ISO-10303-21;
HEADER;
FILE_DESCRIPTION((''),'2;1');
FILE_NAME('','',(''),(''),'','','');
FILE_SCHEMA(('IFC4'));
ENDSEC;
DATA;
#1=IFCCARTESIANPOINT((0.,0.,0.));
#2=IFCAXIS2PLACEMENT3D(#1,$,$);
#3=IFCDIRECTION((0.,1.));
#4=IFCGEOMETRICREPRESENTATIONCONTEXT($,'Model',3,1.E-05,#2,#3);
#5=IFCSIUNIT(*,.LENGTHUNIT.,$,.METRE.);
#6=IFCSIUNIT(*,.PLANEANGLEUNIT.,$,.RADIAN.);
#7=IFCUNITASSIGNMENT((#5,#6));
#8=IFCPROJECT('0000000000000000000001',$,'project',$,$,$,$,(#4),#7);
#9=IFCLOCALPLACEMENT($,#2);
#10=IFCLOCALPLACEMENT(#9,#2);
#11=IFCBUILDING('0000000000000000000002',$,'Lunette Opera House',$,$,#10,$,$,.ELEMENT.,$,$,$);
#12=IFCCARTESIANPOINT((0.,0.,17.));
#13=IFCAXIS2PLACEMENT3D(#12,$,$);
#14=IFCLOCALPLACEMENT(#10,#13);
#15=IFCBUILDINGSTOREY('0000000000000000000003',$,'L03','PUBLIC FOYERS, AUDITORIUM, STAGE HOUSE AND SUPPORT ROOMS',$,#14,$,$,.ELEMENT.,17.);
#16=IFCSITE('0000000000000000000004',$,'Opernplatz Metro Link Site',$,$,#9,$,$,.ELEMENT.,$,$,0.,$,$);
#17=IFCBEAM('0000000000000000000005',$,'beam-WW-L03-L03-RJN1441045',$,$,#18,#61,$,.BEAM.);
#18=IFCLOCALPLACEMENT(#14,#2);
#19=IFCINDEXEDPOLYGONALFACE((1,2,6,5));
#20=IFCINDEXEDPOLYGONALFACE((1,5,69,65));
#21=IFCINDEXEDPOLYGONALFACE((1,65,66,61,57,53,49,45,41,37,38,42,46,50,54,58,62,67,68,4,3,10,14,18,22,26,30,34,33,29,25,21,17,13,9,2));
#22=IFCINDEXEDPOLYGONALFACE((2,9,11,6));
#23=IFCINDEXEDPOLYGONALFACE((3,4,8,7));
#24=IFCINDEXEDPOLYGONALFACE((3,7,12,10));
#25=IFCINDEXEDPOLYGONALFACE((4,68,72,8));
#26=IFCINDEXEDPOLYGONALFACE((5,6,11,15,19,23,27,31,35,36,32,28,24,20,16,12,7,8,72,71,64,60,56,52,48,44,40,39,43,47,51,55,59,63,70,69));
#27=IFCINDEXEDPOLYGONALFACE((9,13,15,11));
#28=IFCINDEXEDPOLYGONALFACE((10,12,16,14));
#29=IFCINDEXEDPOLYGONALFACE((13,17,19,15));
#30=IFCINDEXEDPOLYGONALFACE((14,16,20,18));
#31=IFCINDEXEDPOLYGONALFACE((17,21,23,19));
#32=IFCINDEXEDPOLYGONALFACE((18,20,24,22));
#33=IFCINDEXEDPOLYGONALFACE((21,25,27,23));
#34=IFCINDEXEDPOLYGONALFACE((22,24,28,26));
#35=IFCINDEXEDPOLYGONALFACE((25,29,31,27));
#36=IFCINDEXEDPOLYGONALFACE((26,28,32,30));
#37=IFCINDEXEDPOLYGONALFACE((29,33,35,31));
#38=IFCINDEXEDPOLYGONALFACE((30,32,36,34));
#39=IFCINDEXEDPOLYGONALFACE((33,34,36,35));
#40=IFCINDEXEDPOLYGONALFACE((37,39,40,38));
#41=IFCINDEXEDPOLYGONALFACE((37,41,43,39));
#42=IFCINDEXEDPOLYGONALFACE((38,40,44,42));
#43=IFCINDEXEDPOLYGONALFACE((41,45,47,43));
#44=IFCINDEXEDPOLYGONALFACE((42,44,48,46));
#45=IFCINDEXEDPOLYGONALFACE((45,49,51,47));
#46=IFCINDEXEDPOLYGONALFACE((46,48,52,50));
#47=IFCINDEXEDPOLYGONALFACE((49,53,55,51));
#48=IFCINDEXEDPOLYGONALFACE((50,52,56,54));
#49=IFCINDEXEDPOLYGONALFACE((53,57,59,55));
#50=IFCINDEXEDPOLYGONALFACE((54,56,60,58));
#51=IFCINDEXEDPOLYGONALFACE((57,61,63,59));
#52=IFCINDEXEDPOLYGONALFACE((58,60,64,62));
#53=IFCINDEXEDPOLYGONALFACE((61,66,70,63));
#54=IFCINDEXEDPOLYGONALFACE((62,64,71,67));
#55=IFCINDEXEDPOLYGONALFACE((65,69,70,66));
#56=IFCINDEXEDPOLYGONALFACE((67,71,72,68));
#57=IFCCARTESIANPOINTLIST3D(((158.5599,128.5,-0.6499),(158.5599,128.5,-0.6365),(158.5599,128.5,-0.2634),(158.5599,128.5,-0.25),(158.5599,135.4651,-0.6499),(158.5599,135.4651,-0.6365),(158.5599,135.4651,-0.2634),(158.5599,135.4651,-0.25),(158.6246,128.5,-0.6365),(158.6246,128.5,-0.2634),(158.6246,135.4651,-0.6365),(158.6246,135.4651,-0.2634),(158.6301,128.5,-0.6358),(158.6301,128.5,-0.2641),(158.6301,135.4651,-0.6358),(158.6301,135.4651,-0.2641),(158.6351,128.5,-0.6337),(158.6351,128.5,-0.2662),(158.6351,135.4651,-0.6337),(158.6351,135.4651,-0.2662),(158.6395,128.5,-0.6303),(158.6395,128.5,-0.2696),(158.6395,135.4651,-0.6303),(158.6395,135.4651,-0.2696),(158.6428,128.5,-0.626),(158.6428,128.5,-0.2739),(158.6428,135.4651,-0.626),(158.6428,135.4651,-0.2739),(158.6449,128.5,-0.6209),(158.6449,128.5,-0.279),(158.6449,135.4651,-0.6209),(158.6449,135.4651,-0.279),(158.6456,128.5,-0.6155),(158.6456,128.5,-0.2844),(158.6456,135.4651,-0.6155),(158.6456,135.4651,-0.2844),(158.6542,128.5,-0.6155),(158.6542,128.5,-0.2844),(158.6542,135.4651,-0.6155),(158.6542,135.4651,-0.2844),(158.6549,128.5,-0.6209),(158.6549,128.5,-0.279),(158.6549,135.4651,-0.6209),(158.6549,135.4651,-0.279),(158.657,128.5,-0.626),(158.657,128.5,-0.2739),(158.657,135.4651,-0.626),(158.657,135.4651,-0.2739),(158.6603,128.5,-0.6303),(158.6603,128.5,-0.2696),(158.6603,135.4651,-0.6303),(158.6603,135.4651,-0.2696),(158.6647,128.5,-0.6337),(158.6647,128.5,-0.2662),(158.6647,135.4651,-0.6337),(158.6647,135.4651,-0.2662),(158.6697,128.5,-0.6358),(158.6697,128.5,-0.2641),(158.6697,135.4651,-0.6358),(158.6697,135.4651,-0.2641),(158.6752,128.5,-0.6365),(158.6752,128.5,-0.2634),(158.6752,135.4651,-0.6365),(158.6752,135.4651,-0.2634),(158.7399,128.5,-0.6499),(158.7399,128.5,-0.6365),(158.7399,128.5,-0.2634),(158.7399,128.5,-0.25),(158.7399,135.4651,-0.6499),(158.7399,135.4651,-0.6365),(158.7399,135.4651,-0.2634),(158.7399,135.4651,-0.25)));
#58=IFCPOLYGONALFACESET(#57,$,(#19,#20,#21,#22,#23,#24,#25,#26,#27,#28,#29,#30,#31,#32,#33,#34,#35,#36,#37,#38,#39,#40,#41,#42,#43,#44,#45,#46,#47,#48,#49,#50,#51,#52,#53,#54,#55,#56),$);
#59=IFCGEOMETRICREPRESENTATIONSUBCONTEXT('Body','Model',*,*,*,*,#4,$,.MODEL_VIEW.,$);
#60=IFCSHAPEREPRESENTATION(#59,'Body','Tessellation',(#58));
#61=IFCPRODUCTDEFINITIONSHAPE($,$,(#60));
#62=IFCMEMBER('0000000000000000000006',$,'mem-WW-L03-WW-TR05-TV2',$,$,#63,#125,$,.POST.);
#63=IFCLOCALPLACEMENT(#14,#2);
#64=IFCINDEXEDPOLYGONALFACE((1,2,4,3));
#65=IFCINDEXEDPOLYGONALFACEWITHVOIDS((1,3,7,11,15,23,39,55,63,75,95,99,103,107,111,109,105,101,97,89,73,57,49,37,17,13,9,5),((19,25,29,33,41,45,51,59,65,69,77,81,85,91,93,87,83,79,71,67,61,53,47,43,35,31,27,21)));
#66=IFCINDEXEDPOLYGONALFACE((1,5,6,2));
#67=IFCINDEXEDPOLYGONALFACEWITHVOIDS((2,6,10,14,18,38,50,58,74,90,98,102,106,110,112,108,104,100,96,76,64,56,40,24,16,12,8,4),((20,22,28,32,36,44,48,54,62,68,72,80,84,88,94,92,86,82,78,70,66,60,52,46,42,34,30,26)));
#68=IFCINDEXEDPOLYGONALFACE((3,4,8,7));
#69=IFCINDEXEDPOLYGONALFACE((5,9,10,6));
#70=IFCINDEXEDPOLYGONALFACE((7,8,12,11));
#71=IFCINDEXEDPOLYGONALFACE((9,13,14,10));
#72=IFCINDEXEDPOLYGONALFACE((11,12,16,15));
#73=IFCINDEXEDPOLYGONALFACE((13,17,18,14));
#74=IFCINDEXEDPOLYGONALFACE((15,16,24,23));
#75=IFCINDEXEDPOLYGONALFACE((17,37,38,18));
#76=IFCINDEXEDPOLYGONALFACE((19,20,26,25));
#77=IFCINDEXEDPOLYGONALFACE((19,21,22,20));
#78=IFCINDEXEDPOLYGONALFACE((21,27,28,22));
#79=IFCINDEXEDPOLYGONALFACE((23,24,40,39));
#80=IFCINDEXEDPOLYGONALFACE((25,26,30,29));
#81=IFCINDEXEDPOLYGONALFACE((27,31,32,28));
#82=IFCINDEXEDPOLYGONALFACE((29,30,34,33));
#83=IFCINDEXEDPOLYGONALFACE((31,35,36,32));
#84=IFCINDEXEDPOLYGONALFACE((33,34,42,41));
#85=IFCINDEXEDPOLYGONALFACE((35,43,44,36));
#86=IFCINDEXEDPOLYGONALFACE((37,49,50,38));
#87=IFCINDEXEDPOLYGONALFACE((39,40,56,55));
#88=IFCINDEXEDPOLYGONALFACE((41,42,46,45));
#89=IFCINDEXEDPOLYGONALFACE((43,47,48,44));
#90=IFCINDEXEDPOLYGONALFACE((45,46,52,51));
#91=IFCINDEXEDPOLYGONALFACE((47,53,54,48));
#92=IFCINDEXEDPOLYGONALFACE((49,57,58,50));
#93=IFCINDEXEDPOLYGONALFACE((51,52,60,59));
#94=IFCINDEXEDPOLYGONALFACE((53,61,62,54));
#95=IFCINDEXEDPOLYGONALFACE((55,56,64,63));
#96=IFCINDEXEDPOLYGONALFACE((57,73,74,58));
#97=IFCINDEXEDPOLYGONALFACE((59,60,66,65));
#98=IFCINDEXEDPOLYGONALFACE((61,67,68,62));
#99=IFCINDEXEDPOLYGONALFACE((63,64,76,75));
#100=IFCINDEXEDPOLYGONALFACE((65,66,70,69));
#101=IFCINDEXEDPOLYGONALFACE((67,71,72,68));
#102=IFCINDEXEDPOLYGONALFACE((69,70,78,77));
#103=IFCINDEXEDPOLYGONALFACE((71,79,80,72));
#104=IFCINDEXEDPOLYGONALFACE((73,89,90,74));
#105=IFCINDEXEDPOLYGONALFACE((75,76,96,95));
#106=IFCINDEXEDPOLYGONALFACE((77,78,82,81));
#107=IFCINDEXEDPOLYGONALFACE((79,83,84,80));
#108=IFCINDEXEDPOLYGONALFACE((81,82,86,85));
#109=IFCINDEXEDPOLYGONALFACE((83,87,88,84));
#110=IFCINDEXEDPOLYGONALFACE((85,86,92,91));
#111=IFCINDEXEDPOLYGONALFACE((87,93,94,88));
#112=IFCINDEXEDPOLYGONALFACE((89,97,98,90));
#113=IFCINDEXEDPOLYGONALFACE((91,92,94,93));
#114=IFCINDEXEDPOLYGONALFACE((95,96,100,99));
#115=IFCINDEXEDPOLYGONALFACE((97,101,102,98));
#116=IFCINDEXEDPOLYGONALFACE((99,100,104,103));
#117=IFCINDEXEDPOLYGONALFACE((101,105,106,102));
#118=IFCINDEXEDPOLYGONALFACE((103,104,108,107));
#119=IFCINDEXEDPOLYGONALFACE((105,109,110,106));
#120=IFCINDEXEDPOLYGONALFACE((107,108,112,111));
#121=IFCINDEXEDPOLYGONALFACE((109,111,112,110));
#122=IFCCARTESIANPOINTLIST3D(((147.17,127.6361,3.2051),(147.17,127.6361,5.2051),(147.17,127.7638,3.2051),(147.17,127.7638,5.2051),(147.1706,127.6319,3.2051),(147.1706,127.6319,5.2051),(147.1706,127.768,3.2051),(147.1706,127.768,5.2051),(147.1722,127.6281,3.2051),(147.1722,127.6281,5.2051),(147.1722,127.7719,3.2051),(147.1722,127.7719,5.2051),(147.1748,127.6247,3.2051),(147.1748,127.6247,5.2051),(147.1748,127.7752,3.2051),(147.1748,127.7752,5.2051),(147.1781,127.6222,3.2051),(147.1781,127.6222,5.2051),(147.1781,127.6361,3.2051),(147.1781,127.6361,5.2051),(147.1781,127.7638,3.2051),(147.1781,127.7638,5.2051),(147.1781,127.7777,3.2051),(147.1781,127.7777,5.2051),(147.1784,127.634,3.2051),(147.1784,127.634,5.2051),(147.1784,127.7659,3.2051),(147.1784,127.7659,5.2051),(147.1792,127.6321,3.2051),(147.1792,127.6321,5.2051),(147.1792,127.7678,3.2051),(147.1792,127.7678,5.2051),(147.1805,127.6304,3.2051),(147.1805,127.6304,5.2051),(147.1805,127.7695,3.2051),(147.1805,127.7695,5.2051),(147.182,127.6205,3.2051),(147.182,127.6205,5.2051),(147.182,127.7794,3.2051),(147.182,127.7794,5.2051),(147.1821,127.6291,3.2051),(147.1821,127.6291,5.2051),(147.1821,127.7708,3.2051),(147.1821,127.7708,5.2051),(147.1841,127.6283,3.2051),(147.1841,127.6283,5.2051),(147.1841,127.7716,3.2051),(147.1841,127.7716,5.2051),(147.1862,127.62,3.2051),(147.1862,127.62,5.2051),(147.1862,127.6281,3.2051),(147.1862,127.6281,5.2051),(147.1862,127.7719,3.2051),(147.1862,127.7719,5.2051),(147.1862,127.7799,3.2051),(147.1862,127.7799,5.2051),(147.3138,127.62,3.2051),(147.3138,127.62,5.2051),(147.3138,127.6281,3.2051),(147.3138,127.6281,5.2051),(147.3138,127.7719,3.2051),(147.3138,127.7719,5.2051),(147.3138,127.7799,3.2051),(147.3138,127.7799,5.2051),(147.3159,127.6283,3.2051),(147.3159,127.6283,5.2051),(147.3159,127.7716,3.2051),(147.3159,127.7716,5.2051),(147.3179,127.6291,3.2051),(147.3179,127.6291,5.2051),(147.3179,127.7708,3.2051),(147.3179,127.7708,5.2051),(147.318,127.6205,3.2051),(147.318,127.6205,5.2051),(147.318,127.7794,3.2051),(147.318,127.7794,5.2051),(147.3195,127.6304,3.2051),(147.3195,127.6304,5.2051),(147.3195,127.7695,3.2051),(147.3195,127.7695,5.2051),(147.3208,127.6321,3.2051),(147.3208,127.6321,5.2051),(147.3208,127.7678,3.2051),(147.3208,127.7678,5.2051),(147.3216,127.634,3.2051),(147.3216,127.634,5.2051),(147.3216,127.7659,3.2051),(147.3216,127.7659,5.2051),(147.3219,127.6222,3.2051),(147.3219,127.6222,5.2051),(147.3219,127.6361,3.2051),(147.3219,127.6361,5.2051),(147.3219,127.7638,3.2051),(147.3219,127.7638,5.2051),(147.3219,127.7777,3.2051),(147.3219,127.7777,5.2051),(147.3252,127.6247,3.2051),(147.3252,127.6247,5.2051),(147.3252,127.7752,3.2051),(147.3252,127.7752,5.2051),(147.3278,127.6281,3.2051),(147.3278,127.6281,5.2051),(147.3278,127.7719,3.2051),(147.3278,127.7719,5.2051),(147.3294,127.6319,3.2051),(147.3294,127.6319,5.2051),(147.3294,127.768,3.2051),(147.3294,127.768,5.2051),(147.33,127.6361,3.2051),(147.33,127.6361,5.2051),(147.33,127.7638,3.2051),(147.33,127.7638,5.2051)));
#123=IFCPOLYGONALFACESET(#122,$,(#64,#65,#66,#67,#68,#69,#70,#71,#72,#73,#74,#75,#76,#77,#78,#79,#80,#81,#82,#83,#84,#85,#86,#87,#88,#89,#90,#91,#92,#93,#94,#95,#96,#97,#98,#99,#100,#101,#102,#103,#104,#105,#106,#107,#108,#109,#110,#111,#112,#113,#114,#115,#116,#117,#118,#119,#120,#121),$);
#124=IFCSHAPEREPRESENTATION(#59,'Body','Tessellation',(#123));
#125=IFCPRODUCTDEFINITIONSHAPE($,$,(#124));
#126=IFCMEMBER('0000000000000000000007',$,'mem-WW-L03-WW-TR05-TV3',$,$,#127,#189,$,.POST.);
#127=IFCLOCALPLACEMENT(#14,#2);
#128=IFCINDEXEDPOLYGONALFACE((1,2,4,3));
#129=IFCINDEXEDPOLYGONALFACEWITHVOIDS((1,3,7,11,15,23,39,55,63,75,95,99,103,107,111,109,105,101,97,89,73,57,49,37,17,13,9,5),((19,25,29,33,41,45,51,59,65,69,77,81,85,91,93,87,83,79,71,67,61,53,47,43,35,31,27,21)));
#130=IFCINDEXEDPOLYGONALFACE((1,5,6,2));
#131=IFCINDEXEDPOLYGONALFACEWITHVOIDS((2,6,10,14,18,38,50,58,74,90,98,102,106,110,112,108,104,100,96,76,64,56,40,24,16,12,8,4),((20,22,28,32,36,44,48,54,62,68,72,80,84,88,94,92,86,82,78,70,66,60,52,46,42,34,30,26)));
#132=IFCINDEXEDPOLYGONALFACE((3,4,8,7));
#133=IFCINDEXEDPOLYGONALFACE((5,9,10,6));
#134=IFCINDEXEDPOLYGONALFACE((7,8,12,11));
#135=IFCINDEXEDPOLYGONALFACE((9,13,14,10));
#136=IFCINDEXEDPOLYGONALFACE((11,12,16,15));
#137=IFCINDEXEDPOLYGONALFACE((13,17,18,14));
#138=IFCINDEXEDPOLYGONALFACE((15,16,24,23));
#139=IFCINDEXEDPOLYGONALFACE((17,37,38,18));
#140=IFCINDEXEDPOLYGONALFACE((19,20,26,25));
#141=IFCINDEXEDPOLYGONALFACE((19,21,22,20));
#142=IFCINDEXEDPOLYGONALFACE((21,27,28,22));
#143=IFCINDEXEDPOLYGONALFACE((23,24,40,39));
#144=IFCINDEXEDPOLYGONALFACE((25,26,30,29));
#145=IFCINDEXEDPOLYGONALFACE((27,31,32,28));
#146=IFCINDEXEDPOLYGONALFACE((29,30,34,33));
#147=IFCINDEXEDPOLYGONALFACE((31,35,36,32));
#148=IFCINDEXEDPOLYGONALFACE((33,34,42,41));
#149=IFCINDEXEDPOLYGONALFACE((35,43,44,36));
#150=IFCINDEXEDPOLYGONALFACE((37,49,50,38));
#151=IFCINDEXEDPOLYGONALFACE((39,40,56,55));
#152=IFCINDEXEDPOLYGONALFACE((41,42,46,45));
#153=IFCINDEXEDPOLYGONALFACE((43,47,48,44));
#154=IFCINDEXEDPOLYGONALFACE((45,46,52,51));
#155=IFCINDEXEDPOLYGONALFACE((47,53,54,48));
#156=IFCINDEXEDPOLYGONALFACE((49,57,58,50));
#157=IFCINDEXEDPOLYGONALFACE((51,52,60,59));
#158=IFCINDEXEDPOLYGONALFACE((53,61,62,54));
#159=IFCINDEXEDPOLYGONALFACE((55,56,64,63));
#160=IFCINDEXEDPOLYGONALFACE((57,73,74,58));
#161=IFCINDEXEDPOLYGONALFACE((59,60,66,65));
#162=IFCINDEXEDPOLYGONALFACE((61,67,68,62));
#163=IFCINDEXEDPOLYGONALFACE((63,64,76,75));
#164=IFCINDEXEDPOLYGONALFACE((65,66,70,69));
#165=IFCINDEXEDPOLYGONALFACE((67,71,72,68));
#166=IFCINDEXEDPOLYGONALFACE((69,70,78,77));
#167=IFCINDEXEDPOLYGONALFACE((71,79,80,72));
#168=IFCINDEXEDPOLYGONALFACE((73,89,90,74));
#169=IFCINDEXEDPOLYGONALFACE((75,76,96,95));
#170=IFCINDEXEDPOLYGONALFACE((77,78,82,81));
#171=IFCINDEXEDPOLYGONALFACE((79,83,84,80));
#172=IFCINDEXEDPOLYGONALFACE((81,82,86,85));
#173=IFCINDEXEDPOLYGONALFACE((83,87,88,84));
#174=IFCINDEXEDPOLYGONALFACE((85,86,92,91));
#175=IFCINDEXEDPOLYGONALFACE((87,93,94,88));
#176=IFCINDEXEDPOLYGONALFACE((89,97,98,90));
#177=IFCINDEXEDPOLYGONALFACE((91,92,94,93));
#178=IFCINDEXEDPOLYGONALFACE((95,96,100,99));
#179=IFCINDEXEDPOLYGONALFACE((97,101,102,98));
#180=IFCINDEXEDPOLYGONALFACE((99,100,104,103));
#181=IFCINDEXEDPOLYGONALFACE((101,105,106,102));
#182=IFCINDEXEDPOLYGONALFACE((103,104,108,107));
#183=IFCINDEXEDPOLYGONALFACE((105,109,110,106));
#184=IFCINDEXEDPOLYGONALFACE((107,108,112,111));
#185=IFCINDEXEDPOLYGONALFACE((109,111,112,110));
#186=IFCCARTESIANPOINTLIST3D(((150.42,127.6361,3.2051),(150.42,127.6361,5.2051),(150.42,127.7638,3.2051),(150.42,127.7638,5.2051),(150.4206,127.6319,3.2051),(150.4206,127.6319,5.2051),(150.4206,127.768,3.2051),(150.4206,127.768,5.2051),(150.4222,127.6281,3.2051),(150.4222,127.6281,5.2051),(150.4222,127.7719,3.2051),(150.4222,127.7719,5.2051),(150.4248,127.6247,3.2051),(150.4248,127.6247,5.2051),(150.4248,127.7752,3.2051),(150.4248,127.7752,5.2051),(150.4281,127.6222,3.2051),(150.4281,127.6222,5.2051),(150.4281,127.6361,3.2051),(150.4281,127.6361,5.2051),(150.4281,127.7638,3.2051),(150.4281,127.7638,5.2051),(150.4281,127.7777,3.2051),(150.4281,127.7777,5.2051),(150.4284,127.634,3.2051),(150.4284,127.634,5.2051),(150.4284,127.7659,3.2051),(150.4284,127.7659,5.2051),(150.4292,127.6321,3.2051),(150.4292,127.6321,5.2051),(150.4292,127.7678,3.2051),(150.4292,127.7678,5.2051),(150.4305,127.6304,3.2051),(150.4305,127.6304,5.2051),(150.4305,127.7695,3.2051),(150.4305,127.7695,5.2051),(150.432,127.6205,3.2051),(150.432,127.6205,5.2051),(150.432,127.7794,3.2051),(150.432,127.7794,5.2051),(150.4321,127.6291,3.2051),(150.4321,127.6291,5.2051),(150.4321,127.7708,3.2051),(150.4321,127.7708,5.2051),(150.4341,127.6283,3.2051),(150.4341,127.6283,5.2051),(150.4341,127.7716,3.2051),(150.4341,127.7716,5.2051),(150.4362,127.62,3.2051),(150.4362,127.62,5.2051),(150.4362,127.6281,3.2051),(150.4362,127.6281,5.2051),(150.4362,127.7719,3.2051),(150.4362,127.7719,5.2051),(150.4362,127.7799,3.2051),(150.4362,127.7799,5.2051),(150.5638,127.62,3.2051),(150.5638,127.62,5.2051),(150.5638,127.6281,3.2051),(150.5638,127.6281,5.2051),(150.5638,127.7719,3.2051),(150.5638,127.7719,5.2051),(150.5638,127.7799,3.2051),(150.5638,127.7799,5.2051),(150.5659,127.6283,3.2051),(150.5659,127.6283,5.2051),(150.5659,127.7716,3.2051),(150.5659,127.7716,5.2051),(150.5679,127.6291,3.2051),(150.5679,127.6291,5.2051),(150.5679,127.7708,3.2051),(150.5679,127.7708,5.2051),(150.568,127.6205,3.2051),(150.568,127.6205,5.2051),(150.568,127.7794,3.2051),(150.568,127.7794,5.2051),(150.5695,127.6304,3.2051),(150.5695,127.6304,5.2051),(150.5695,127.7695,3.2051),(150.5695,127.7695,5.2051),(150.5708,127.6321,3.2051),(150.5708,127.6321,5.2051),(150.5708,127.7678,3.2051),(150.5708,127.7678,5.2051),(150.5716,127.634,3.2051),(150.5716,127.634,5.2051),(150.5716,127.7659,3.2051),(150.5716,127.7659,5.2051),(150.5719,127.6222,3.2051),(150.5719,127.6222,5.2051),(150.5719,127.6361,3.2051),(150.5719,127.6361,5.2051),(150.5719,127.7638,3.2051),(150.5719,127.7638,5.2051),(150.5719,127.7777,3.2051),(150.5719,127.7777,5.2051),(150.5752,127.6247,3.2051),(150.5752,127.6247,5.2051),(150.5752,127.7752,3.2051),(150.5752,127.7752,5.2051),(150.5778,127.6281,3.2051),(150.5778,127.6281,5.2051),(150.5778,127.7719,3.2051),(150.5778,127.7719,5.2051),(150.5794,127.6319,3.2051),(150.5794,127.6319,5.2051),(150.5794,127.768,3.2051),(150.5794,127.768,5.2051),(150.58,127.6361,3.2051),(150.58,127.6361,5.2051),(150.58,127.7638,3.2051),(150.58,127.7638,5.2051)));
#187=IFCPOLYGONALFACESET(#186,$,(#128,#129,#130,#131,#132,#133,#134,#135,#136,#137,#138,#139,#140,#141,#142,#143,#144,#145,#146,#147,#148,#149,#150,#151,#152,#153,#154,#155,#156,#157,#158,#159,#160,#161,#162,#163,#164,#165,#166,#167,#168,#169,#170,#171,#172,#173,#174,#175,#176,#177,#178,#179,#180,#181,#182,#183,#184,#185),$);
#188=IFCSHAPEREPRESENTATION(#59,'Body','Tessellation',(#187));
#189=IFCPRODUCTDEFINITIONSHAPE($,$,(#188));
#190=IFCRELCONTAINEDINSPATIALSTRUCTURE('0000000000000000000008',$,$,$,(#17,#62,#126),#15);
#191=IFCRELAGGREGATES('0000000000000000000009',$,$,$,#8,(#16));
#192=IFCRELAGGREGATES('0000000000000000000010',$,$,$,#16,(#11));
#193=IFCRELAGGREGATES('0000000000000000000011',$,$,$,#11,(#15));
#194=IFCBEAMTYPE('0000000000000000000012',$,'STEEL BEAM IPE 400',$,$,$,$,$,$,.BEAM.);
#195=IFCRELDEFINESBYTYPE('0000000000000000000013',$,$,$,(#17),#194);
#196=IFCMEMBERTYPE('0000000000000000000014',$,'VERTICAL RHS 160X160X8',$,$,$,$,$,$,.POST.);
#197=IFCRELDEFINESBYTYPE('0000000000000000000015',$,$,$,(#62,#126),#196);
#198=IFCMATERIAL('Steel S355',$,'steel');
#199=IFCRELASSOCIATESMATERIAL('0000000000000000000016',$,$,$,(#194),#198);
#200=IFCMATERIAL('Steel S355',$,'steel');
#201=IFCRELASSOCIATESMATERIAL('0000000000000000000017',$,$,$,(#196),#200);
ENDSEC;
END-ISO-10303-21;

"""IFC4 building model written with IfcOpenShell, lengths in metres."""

from ifc_helpers import new_model, si_unit, direction, frame, origin, origin_2d, place, context, subcontext, project, spatial, hollow_rectangle, i_section, extrude, material, material_profile, profile_set, type_object, element, save


model = new_model("IFC4")

# Units and contexts
model_context = context("Model", 3, precision=1e-05, world=origin(), true_north=direction((0.0, 1.0)))
body_context = subcontext(model_context, "Body", "Model", "MODEL_VIEW")
ifc_project = project(units=[si_unit("LENGTHUNIT", "METRE"), si_unit("PLANEANGLEUNIT", "RADIAN")], contexts=[model_context])

# Site, building, storey
site_placement = place(None, origin())
site = spatial("IfcSite", under=ifc_project, at=site_placement, Name="Opernplatz Metro Link Site", CompositionType="ELEMENT", RefElevation=0.0)
building_placement = place(site_placement, origin())
building = spatial("IfcBuilding", under=site, at=building_placement, Name="Lunette Opera House", CompositionType="ELEMENT")
storey_placement = place(building_placement, frame((0.0, 0.0, 17.0)))
storey = spatial("IfcBuildingStorey", under=building, at=storey_placement, Name="L03", Description="PUBLIC FOYERS, AUDITORIUM, STAGE HOUSE AND SUPPORT ROOMS", CompositionType="ELEMENT", Elevation=17.0)

# Beam
ifc_material_1 = material(Name="Steel S355", Category="steel")
ifc_material_profile_1 = material_profile(ifc_material_1, i_section(OverallWidth=0.1799, OverallDepth=0.3999, WebThickness=0.0085, FlangeThickness=0.0134, FilletRadius=0.021, at=origin_2d()), Name="IPE 400")
ifc_profile_set_1 = profile_set([ifc_material_profile_1], Name="Steel S355")
beam_type_1 = type_object("IfcBeamType", Name="STEEL BEAM IPE 400", PredefinedType="BEAM", material=ifc_profile_set_1)
for number, where, z_axis, x_axis, name in (
    (1, (158.6499, 128.5, -0.45), (0.0, 1.0, 0.0), (-1.0, 0.0, 0.0), "beam-WW-L03-L03-RJN1441045"),
):
    element("IfcBeam", number, at=place(storey_placement, frame(where, z_axis=z_axis, x_axis=x_axis)), inside=storey, type_object=beam_type_1, Name=name, PredefinedType="BEAM", context=body_context, shape_type="SweptSolid", body=[
        extrude(i_section(OverallWidth=0.1799, OverallDepth=0.3999, WebThickness=0.0085, FlangeThickness=0.0134, FilletRadius=0.021, at=origin_2d()), origin(), (0.0, 0.0, 1.0), 6.9651),
    ])

# Members
ifc_material_2 = material(Name="Steel S355", Category="steel")
ifc_material_profile_2 = material_profile(ifc_material_2, hollow_rectangle(XDim=0.1599, YDim=0.1599, WallThickness=0.0081, InnerFilletRadius=0.0081, OuterFilletRadius=0.0161, at=origin_2d()), Name="RHS 160X160X8")
ifc_profile_set_2 = profile_set([ifc_material_profile_2], Name="Steel S355")
member_type_1 = type_object("IfcMemberType", Name="VERTICAL RHS 160X160X8", PredefinedType="POST", material=ifc_profile_set_2)
for number, where, z_axis, x_axis, name in (
    (2, (147.25, 127.7, 3.2051), (0.0, 0.0, 1.0), (1.0, 0.0, 0.0), "mem-WW-L03-WW-TR05-TV2"),
    (3, (150.5, 127.7, 3.2051), (0.0, 0.0, 1.0), (1.0, 0.0, 0.0), "mem-WW-L03-WW-TR05-TV3"),
):
    element("IfcMember", number, at=place(storey_placement, frame(where, z_axis=z_axis, x_axis=x_axis)), inside=storey, type_object=member_type_1, Name=name, PredefinedType="POST", context=body_context, shape_type="SweptSolid", body=[
        extrude(hollow_rectangle(XDim=0.1599, YDim=0.1599, WallThickness=0.0081, InnerFilletRadius=0.0081, OuterFilletRadius=0.0161, at=origin_2d()), origin(), (0.0, 0.0, 1.0), 2.0),
    ])

save(model, "model.ifc")
